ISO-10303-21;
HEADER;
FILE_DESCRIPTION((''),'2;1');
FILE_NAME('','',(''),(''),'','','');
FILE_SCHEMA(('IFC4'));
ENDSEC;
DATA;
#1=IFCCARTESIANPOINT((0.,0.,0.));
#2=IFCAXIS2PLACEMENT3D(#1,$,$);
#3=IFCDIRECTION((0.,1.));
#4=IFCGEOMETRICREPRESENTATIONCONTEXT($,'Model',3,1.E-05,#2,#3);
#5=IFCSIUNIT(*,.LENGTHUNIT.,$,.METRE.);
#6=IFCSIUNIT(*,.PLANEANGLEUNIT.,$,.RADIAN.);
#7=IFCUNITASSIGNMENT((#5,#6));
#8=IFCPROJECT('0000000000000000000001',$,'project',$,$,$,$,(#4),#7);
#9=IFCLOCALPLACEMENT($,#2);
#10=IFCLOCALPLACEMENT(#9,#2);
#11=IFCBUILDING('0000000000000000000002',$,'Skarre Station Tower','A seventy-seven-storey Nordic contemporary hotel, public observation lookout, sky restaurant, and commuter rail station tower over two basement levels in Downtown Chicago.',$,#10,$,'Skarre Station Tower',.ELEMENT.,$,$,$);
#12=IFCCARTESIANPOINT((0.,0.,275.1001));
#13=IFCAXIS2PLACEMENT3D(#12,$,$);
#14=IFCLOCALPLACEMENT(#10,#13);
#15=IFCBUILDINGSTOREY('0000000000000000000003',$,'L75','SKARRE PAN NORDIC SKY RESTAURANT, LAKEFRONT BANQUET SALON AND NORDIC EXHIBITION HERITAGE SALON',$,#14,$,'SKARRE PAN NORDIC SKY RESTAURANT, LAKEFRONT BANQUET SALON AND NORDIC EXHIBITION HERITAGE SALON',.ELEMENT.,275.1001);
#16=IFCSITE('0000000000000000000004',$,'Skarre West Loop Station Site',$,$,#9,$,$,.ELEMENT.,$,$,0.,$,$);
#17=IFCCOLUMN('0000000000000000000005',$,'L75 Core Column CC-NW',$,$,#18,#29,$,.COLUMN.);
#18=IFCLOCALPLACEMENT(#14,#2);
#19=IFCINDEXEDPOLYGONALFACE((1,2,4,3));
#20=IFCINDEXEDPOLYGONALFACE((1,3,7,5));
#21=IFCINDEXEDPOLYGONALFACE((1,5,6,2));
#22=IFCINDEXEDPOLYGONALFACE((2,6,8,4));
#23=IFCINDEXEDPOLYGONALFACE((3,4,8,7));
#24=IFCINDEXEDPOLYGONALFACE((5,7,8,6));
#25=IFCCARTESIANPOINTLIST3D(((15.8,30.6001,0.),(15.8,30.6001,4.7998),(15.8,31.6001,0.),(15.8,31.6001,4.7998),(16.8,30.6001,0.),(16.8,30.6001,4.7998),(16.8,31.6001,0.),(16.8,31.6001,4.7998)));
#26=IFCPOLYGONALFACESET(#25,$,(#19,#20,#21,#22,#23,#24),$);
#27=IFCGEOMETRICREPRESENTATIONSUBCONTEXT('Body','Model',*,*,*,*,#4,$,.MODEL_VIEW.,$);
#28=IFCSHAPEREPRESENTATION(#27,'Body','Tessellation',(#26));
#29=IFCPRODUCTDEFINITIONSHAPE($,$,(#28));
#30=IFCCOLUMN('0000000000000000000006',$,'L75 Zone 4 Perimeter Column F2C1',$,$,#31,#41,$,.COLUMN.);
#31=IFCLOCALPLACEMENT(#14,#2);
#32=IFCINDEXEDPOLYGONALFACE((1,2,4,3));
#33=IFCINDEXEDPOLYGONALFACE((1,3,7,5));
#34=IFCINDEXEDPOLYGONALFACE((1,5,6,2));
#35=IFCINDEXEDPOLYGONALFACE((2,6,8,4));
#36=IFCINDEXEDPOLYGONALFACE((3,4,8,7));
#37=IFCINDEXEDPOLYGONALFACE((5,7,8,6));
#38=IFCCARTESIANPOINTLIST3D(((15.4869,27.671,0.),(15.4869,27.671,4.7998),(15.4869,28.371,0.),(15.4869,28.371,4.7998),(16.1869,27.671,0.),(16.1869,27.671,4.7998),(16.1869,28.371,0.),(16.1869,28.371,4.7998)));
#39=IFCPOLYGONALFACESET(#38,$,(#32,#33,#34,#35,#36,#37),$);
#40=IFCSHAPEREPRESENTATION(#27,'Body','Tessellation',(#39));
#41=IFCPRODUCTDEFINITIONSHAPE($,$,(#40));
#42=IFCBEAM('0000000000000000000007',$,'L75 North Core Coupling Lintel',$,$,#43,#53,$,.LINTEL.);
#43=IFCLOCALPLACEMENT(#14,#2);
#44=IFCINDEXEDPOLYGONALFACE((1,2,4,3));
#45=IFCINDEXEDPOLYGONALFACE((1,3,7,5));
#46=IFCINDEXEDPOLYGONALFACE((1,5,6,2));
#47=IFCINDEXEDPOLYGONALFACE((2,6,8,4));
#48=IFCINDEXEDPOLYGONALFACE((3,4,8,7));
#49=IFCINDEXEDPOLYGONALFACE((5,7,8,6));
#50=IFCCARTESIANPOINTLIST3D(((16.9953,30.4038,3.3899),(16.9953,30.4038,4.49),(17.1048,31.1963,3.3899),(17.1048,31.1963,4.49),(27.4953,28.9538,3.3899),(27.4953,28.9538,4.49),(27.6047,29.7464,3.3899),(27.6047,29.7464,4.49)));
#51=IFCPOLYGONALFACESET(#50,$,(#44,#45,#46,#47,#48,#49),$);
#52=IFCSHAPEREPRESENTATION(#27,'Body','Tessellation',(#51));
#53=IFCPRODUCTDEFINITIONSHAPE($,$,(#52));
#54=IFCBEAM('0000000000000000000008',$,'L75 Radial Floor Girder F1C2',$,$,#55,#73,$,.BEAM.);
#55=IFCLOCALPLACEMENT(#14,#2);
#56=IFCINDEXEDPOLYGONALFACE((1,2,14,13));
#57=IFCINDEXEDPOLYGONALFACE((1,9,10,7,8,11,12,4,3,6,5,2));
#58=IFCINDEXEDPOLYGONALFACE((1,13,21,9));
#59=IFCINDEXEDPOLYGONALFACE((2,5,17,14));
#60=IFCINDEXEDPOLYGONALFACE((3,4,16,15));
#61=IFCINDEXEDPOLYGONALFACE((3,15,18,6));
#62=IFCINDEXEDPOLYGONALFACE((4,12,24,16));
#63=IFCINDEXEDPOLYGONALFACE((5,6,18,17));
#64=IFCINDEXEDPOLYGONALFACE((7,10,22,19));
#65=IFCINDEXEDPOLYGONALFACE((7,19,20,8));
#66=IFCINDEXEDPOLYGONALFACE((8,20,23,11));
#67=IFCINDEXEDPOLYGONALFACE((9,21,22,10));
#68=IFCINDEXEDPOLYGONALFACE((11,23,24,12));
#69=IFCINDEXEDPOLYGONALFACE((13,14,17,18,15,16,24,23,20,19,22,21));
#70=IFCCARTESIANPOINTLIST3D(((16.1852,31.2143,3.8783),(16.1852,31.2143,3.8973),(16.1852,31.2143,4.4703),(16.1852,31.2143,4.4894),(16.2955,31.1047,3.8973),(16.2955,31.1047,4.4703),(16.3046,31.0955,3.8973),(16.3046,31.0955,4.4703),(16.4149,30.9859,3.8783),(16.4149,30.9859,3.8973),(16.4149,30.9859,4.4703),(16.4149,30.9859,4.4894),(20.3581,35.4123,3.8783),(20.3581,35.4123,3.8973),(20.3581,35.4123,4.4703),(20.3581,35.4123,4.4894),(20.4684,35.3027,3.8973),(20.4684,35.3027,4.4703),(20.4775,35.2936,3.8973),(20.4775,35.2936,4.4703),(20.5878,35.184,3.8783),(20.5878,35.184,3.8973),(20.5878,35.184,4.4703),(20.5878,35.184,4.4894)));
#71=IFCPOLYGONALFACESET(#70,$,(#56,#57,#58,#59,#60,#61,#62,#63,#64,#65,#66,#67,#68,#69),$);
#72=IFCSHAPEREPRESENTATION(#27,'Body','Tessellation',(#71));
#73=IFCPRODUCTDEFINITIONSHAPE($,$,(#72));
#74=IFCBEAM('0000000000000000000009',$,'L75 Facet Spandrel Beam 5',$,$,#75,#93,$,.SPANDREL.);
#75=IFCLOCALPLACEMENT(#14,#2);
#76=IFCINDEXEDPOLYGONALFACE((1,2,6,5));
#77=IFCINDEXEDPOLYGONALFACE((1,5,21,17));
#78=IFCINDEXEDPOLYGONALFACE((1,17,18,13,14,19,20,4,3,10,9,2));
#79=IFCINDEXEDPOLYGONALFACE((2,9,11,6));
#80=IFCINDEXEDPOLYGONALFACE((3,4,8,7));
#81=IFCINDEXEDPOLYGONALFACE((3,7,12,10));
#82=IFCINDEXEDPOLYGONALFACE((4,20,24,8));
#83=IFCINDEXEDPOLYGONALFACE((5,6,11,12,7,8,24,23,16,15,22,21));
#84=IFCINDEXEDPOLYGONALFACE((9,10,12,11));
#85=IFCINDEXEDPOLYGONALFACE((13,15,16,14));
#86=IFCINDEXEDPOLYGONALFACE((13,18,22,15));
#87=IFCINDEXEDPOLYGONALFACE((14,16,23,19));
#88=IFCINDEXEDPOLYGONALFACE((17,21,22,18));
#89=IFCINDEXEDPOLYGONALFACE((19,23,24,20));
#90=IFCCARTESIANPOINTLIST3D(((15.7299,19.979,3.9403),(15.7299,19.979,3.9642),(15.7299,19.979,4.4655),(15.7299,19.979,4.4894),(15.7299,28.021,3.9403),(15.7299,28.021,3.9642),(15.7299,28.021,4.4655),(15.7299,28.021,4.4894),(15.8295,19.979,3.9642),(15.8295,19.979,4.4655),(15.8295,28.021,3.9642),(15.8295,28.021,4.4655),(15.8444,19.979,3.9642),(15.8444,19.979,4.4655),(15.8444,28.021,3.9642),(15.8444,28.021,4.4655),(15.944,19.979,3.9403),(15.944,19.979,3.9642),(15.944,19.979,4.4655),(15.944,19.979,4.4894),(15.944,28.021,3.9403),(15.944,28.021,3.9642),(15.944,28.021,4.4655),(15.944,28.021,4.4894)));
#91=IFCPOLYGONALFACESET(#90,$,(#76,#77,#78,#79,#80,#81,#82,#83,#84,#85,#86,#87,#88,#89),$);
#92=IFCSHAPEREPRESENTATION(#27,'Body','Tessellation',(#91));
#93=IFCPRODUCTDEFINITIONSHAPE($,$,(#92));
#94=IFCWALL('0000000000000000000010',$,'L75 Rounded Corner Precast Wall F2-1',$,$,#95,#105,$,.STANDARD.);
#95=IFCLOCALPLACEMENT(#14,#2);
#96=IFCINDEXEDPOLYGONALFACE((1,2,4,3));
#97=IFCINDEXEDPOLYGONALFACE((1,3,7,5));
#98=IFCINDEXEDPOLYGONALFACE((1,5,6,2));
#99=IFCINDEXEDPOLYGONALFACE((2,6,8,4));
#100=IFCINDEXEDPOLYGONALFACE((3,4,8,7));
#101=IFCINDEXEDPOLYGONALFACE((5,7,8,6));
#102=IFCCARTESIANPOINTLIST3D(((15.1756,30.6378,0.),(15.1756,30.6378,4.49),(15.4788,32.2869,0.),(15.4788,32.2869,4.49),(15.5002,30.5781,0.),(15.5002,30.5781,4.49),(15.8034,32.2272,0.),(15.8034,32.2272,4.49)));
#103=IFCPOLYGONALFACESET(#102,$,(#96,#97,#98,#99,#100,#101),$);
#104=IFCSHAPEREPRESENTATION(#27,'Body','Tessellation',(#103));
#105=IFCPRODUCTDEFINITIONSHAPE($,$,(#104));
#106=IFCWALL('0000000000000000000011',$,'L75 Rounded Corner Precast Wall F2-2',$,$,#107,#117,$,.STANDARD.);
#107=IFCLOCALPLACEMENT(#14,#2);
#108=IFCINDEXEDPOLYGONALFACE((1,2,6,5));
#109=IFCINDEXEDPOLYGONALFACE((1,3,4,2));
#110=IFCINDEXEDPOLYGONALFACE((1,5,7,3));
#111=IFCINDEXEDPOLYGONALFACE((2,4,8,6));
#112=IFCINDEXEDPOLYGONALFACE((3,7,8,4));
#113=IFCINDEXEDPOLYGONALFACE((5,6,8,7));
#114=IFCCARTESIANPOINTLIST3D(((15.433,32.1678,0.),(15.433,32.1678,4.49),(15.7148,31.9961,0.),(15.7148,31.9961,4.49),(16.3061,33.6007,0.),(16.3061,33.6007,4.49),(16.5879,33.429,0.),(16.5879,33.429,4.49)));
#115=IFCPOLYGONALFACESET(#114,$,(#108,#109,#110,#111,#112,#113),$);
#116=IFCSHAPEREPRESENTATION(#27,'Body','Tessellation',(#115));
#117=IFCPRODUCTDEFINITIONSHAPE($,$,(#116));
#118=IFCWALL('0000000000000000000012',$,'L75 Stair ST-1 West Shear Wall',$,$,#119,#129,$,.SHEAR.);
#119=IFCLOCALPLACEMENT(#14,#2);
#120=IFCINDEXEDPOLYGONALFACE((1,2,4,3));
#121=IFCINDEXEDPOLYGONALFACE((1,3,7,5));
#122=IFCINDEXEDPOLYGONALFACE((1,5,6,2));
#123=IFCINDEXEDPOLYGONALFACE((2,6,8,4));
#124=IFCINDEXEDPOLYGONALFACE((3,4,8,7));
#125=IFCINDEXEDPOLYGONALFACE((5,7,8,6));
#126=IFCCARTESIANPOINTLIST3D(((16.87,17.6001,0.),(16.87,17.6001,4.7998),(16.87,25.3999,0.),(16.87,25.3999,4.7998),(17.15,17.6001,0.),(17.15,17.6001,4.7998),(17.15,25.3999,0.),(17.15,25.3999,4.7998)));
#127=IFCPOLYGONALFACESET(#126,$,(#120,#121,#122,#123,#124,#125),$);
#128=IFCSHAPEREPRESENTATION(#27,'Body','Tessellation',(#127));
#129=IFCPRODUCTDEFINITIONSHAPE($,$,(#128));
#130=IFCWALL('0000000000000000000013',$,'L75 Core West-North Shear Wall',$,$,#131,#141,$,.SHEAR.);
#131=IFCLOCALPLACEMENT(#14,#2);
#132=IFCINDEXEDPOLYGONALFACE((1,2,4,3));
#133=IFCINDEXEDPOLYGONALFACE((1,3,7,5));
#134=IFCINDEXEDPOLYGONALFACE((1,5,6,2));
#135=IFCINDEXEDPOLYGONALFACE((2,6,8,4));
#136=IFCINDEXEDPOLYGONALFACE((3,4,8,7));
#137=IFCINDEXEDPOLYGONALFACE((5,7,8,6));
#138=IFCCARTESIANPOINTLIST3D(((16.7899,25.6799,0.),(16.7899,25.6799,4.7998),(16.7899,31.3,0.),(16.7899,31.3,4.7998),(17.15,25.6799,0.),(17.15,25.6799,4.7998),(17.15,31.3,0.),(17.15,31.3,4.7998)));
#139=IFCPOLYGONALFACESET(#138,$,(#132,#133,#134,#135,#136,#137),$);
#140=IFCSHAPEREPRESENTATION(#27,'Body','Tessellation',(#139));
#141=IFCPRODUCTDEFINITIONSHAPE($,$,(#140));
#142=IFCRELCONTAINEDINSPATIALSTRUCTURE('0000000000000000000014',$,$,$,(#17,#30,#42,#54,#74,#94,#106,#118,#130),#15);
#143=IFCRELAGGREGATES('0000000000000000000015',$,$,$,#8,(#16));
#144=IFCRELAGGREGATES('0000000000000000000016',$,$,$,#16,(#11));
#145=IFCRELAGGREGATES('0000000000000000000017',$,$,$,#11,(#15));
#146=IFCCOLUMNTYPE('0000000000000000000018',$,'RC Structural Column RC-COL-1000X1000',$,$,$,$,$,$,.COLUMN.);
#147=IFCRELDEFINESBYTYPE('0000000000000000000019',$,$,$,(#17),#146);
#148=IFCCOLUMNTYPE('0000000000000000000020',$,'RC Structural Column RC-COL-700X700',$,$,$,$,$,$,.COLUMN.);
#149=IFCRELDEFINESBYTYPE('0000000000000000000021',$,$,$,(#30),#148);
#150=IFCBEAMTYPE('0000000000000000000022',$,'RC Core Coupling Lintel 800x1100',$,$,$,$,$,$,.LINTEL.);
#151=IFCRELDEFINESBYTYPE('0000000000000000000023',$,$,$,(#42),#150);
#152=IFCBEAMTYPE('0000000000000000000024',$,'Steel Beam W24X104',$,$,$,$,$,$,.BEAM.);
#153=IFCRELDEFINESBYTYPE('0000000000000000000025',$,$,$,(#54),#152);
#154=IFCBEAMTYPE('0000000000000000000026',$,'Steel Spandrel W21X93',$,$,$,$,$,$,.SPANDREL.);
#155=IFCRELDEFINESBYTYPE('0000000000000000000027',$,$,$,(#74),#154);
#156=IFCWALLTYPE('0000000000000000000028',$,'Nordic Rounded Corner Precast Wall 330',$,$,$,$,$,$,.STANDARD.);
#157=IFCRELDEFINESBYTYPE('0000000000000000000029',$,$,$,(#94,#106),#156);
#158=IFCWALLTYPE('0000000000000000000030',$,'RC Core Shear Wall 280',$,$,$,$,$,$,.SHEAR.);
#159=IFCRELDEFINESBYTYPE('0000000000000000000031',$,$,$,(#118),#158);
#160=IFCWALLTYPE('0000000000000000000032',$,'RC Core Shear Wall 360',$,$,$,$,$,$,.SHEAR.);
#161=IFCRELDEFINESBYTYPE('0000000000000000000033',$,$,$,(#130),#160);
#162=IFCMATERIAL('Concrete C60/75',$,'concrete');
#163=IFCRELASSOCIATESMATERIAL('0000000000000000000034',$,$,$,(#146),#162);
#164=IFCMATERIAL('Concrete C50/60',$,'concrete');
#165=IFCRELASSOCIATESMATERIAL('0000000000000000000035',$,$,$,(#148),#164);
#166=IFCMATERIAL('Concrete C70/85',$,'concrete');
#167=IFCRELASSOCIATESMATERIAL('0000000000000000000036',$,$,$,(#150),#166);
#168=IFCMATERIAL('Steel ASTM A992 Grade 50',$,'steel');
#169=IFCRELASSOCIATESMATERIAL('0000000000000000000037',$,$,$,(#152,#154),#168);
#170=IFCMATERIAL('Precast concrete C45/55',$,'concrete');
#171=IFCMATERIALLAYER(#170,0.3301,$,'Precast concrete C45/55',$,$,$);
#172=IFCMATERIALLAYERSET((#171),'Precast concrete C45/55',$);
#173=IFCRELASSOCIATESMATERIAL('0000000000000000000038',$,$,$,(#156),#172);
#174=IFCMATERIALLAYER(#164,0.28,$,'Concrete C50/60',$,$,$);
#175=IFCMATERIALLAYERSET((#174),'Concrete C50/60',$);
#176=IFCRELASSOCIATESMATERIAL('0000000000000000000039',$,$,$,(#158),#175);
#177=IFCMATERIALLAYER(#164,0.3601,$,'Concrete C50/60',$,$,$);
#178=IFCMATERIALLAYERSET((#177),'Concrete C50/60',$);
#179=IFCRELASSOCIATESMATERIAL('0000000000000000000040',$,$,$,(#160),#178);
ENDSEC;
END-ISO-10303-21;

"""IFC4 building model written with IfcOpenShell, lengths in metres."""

from ifc_helpers import new_model, si_unit, direction, frame, frame_2d, origin, origin_2d, place, context, subcontext, project, spatial, rectangle, i_section, extrude, material, layer, layer_set, material_profile, profile_set, type_object, element, save


model = new_model("IFC4")

# Units and contexts
model_context = context("Model", 3, precision=1e-05, world=origin(), true_north=direction((0.0, 1.0)))
body_context = subcontext(model_context, "Body", "Model", "MODEL_VIEW")
ifc_project = project(units=[si_unit("LENGTHUNIT", "METRE"), si_unit("PLANEANGLEUNIT", "RADIAN")], contexts=[model_context])

# Site, building, storey
site_placement = place(None, origin())
site = spatial("IfcSite", under=ifc_project, at=site_placement, Name="Skarre West Loop Station Site", CompositionType="ELEMENT", RefElevation=0.0)
building_placement = place(site_placement, origin())
building = spatial("IfcBuilding", under=site, at=building_placement, Name="Skarre Station Tower", Description="A seventy-seven-storey Nordic contemporary hotel, public observation lookout, sky restaurant, and commuter rail station tower over two basement levels in Downtown Chicago.", LongName="Skarre Station Tower", CompositionType="ELEMENT")
storey_placement = place(building_placement, frame((0.0, 0.0, 275.1001)))
storey = spatial("IfcBuildingStorey", under=building, at=storey_placement, Name="L75", Description="SKARRE PAN NORDIC SKY RESTAURANT, LAKEFRONT BANQUET SALON AND NORDIC EXHIBITION HERITAGE SALON", LongName="SKARRE PAN NORDIC SKY RESTAURANT, LAKEFRONT BANQUET SALON AND NORDIC EXHIBITION HERITAGE SALON", CompositionType="ELEMENT", Elevation=275.1001)

# Columns
ifc_material_1 = material(Name="Concrete C60/75", Category="concrete")
ifc_material_profile_1 = material_profile(ifc_material_1, rectangle(XDim=1.0, YDim=1.0, at=origin_2d()), Name="Concrete C60/75")
ifc_profile_set_1 = profile_set([ifc_material_profile_1], Name="Concrete C60/75")
column_type_1 = type_object("IfcColumnType", Name="RC Structural Column RC-COL-1000X1000", PredefinedType="COLUMN", material=ifc_profile_set_1)
column_1_placement = place(storey_placement, frame((16.3, 31.1001, 0.0), z_axis=(0.0, 0.0, 1.0), x_axis=(1.0, 0.0, 0.0)))
element("IfcColumn", 1, at=column_1_placement, inside=storey, type_object=column_type_1, Name="L75 Core Column CC-NW", PredefinedType="COLUMN", context=body_context, shape_type="SweptSolid", body=[
    extrude(rectangle(XDim=1.0, YDim=1.0, at=origin_2d()), origin(), (0.0, 0.0, 1.0), 4.7998),
])
ifc_material_2 = material(Name="Concrete C50/60", Category="concrete")
ifc_material_profile_2 = material_profile(ifc_material_2, rectangle(XDim=0.7, YDim=0.7, at=origin_2d()), Name="Concrete C50/60")
ifc_profile_set_2 = profile_set([ifc_material_profile_2], Name="Concrete C50/60")
column_type_2 = type_object("IfcColumnType", Name="RC Structural Column RC-COL-700X700", PredefinedType="COLUMN", material=ifc_profile_set_2)
column_2_placement = place(storey_placement, frame((15.8369, 28.021, 0.0), z_axis=(0.0, 0.0, 1.0), x_axis=(1.0, 0.0, 0.0)))
element("IfcColumn", 2, at=column_2_placement, inside=storey, type_object=column_type_2, Name="L75 Zone 4 Perimeter Column F2C1", PredefinedType="COLUMN", context=body_context, shape_type="SweptSolid", body=[
    extrude(rectangle(XDim=0.7, YDim=0.7, at=origin_2d()), origin(), (0.0, 0.0, 1.0), 4.7998),
])

# Beams
ifc_material_3 = material(Name="Concrete C70/85", Category="concrete")
ifc_material_profile_3 = material_profile(ifc_material_3, rectangle(XDim=0.8, YDim=1.1001, at=origin_2d()), Name="Concrete C70/85")
ifc_profile_set_3 = profile_set([ifc_material_profile_3], Name="Concrete C70/85")
beam_type_1 = type_object("IfcBeamType", Name="RC Core Coupling Lintel 800x1100", PredefinedType="LINTEL", material=ifc_profile_set_3)
beam_1_placement = place(storey_placement, frame((17.05, 30.8, 3.9399), z_axis=(0.9906, -0.136792, 0.0), x_axis=(0.136792, 0.9906, 0.0)))
element("IfcBeam", 3, at=beam_1_placement, inside=storey, type_object=beam_type_1, Name="L75 North Core Coupling Lintel", PredefinedType="LINTEL", context=body_context, shape_type="SweptSolid", body=[
    extrude(rectangle(XDim=0.8, YDim=1.1001, at=origin_2d()), origin(), (0.0, 0.0, 1.0), 10.5996),
])
ifc_material_4 = material(Name="Steel ASTM A992 Grade 50", Category="steel")
ifc_material_profile_4 = material_profile(ifc_material_4, i_section(OverallWidth=0.324, OverallDepth=0.6111, WebThickness=0.0129, FlangeThickness=0.019, at=origin_2d()), Name="Steel ASTM A992 Grade 50")
ifc_profile_set_4 = profile_set([ifc_material_profile_4], Name="Steel ASTM A992 Grade 50")
beam_type_2 = type_object("IfcBeamType", Name="Steel Beam W24X104", PredefinedType="BEAM", material=ifc_profile_set_4)
beam_2_placement = place(storey_placement, frame((16.3, 31.1001, 4.1838), z_axis=(0.704979, 0.709228, 0.0), x_axis=(-0.709228, 0.704979, 0.0)))
element("IfcBeam", 4, at=beam_2_placement, inside=storey, type_object=beam_type_2, Name="L75 Radial Floor Girder F1C2", PredefinedType="BEAM", context=body_context, shape_type="SweptSolid", body=[
    extrude(i_section(OverallWidth=0.324, OverallDepth=0.6111, WebThickness=0.0129, FlangeThickness=0.019, at=origin_2d()), origin(), (0.0, 0.0, 1.0), 5.9192),
])
ifc_material_profile_5 = material_profile(ifc_material_4, i_section(OverallWidth=0.2141, OverallDepth=0.5491, WebThickness=0.0149, FlangeThickness=0.0239, at=origin_2d()), Name="Steel ASTM A992 Grade 50")
ifc_profile_set_5 = profile_set([ifc_material_profile_5], Name="Steel ASTM A992 Grade 50")
beam_type_3 = type_object("IfcBeamType", Name="Steel Spandrel W21X93", PredefinedType="SPANDREL", material=ifc_profile_set_5)
beam_3_placement = place(storey_placement, frame((15.8369, 28.021, 4.2148), z_axis=(0.0, -1.0, 0.0), x_axis=(1.0, 0.0, 0.0)))
element("IfcBeam", 5, at=beam_3_placement, inside=storey, type_object=beam_type_3, Name="L75 Facet Spandrel Beam 5", PredefinedType="SPANDREL", context=body_context, shape_type="SweptSolid", body=[
    extrude(i_section(OverallWidth=0.2141, OverallDepth=0.5491, WebThickness=0.0149, FlangeThickness=0.0239, at=origin_2d()), origin(), (0.0, 0.0, 1.0), 8.042),
])

# Walls
ifc_material_5 = material(Name="Precast concrete C45/55", Category="concrete")
ifc_layer_1 = layer(ifc_material_5, 0.3301, Name="Precast concrete C45/55")
ifc_layer_set_1 = layer_set([ifc_layer_1], Name="Precast concrete C45/55")
wall_type_1 = type_object("IfcWallType", Name="Nordic Rounded Corner Precast Wall 330", PredefinedType="STANDARD", material=ifc_layer_set_1)
wall_1_placement = place(storey_placement, frame((15.3379, 30.6079, 0.0), z_axis=(0.0, 0.0, 1.0), x_axis=(0.180833, 0.983514, 0.0)))
element("IfcWall", 6, at=wall_1_placement, inside=storey, type_object=wall_type_1, Name="L75 Rounded Corner Precast Wall F2-1", PredefinedType="STANDARD", context=body_context, shape_type="SweptSolid", body=[
    extrude(rectangle(XDim=1.6768, YDim=0.3301, at=frame_2d((0.8384, 0.0))), origin(), (0.0, 0.0, 1.0), 4.49),
])
wall_2_placement = place(storey_placement, frame((15.574, 32.082, 0.0), z_axis=(0.0, 0.0, 1.0), x_axis=(0.520325, 0.853968, 0.0)))
element("IfcWall", 7, at=wall_2_placement, inside=storey, type_object=wall_type_1, Name="L75 Rounded Corner Precast Wall F2-2", PredefinedType="STANDARD", context=body_context, shape_type="SweptSolid", body=[
    extrude(rectangle(XDim=1.678, YDim=0.3301, at=frame_2d((0.8389, 0.0))), origin(), (0.0, 0.0, 1.0), 4.49),
])
ifc_layer_2 = layer(ifc_material_2, 0.28, Name="Concrete C50/60")
ifc_layer_set_2 = layer_set([ifc_layer_2], Name="Concrete C50/60")
wall_type_2 = type_object("IfcWallType", Name="RC Core Shear Wall 280", PredefinedType="SHEAR", material=ifc_layer_set_2)
wall_3_placement = place(storey_placement, frame((17.01, 25.3999, 0.0), z_axis=(0.0, 0.0, 1.0), x_axis=(0.0, -1.0, 0.0)))
element("IfcWall", 8, at=wall_3_placement, inside=storey, type_object=wall_type_2, Name="L75 Stair ST-1 West Shear Wall", PredefinedType="SHEAR", context=body_context, shape_type="SweptSolid", body=[
    extrude(rectangle(XDim=7.7998, YDim=0.28, at=frame_2d((3.8999, 0.0))), origin(), (0.0, 0.0, 1.0), 4.7998),
])
ifc_layer_3 = layer(ifc_material_2, 0.3601, Name="Concrete C50/60")
ifc_layer_set_3 = layer_set([ifc_layer_3], Name="Concrete C50/60")
wall_type_3 = type_object("IfcWallType", Name="RC Core Shear Wall 360", PredefinedType="SHEAR", material=ifc_layer_set_3)
wall_4_placement = place(storey_placement, frame((16.97, 25.6799, 0.0), z_axis=(0.0, 0.0, 1.0), x_axis=(0.0, 1.0, 0.0)))
element("IfcWall", 9, at=wall_4_placement, inside=storey, type_object=wall_type_3, Name="L75 Core West-North Shear Wall", PredefinedType="SHEAR", context=body_context, shape_type="SweptSolid", body=[
    extrude(rectangle(XDim=5.6201, YDim=0.3601, at=frame_2d((2.8101, 0.0))), origin(), (0.0, 0.0, 1.0), 4.7998),
])

save(model, "model.ifc")
